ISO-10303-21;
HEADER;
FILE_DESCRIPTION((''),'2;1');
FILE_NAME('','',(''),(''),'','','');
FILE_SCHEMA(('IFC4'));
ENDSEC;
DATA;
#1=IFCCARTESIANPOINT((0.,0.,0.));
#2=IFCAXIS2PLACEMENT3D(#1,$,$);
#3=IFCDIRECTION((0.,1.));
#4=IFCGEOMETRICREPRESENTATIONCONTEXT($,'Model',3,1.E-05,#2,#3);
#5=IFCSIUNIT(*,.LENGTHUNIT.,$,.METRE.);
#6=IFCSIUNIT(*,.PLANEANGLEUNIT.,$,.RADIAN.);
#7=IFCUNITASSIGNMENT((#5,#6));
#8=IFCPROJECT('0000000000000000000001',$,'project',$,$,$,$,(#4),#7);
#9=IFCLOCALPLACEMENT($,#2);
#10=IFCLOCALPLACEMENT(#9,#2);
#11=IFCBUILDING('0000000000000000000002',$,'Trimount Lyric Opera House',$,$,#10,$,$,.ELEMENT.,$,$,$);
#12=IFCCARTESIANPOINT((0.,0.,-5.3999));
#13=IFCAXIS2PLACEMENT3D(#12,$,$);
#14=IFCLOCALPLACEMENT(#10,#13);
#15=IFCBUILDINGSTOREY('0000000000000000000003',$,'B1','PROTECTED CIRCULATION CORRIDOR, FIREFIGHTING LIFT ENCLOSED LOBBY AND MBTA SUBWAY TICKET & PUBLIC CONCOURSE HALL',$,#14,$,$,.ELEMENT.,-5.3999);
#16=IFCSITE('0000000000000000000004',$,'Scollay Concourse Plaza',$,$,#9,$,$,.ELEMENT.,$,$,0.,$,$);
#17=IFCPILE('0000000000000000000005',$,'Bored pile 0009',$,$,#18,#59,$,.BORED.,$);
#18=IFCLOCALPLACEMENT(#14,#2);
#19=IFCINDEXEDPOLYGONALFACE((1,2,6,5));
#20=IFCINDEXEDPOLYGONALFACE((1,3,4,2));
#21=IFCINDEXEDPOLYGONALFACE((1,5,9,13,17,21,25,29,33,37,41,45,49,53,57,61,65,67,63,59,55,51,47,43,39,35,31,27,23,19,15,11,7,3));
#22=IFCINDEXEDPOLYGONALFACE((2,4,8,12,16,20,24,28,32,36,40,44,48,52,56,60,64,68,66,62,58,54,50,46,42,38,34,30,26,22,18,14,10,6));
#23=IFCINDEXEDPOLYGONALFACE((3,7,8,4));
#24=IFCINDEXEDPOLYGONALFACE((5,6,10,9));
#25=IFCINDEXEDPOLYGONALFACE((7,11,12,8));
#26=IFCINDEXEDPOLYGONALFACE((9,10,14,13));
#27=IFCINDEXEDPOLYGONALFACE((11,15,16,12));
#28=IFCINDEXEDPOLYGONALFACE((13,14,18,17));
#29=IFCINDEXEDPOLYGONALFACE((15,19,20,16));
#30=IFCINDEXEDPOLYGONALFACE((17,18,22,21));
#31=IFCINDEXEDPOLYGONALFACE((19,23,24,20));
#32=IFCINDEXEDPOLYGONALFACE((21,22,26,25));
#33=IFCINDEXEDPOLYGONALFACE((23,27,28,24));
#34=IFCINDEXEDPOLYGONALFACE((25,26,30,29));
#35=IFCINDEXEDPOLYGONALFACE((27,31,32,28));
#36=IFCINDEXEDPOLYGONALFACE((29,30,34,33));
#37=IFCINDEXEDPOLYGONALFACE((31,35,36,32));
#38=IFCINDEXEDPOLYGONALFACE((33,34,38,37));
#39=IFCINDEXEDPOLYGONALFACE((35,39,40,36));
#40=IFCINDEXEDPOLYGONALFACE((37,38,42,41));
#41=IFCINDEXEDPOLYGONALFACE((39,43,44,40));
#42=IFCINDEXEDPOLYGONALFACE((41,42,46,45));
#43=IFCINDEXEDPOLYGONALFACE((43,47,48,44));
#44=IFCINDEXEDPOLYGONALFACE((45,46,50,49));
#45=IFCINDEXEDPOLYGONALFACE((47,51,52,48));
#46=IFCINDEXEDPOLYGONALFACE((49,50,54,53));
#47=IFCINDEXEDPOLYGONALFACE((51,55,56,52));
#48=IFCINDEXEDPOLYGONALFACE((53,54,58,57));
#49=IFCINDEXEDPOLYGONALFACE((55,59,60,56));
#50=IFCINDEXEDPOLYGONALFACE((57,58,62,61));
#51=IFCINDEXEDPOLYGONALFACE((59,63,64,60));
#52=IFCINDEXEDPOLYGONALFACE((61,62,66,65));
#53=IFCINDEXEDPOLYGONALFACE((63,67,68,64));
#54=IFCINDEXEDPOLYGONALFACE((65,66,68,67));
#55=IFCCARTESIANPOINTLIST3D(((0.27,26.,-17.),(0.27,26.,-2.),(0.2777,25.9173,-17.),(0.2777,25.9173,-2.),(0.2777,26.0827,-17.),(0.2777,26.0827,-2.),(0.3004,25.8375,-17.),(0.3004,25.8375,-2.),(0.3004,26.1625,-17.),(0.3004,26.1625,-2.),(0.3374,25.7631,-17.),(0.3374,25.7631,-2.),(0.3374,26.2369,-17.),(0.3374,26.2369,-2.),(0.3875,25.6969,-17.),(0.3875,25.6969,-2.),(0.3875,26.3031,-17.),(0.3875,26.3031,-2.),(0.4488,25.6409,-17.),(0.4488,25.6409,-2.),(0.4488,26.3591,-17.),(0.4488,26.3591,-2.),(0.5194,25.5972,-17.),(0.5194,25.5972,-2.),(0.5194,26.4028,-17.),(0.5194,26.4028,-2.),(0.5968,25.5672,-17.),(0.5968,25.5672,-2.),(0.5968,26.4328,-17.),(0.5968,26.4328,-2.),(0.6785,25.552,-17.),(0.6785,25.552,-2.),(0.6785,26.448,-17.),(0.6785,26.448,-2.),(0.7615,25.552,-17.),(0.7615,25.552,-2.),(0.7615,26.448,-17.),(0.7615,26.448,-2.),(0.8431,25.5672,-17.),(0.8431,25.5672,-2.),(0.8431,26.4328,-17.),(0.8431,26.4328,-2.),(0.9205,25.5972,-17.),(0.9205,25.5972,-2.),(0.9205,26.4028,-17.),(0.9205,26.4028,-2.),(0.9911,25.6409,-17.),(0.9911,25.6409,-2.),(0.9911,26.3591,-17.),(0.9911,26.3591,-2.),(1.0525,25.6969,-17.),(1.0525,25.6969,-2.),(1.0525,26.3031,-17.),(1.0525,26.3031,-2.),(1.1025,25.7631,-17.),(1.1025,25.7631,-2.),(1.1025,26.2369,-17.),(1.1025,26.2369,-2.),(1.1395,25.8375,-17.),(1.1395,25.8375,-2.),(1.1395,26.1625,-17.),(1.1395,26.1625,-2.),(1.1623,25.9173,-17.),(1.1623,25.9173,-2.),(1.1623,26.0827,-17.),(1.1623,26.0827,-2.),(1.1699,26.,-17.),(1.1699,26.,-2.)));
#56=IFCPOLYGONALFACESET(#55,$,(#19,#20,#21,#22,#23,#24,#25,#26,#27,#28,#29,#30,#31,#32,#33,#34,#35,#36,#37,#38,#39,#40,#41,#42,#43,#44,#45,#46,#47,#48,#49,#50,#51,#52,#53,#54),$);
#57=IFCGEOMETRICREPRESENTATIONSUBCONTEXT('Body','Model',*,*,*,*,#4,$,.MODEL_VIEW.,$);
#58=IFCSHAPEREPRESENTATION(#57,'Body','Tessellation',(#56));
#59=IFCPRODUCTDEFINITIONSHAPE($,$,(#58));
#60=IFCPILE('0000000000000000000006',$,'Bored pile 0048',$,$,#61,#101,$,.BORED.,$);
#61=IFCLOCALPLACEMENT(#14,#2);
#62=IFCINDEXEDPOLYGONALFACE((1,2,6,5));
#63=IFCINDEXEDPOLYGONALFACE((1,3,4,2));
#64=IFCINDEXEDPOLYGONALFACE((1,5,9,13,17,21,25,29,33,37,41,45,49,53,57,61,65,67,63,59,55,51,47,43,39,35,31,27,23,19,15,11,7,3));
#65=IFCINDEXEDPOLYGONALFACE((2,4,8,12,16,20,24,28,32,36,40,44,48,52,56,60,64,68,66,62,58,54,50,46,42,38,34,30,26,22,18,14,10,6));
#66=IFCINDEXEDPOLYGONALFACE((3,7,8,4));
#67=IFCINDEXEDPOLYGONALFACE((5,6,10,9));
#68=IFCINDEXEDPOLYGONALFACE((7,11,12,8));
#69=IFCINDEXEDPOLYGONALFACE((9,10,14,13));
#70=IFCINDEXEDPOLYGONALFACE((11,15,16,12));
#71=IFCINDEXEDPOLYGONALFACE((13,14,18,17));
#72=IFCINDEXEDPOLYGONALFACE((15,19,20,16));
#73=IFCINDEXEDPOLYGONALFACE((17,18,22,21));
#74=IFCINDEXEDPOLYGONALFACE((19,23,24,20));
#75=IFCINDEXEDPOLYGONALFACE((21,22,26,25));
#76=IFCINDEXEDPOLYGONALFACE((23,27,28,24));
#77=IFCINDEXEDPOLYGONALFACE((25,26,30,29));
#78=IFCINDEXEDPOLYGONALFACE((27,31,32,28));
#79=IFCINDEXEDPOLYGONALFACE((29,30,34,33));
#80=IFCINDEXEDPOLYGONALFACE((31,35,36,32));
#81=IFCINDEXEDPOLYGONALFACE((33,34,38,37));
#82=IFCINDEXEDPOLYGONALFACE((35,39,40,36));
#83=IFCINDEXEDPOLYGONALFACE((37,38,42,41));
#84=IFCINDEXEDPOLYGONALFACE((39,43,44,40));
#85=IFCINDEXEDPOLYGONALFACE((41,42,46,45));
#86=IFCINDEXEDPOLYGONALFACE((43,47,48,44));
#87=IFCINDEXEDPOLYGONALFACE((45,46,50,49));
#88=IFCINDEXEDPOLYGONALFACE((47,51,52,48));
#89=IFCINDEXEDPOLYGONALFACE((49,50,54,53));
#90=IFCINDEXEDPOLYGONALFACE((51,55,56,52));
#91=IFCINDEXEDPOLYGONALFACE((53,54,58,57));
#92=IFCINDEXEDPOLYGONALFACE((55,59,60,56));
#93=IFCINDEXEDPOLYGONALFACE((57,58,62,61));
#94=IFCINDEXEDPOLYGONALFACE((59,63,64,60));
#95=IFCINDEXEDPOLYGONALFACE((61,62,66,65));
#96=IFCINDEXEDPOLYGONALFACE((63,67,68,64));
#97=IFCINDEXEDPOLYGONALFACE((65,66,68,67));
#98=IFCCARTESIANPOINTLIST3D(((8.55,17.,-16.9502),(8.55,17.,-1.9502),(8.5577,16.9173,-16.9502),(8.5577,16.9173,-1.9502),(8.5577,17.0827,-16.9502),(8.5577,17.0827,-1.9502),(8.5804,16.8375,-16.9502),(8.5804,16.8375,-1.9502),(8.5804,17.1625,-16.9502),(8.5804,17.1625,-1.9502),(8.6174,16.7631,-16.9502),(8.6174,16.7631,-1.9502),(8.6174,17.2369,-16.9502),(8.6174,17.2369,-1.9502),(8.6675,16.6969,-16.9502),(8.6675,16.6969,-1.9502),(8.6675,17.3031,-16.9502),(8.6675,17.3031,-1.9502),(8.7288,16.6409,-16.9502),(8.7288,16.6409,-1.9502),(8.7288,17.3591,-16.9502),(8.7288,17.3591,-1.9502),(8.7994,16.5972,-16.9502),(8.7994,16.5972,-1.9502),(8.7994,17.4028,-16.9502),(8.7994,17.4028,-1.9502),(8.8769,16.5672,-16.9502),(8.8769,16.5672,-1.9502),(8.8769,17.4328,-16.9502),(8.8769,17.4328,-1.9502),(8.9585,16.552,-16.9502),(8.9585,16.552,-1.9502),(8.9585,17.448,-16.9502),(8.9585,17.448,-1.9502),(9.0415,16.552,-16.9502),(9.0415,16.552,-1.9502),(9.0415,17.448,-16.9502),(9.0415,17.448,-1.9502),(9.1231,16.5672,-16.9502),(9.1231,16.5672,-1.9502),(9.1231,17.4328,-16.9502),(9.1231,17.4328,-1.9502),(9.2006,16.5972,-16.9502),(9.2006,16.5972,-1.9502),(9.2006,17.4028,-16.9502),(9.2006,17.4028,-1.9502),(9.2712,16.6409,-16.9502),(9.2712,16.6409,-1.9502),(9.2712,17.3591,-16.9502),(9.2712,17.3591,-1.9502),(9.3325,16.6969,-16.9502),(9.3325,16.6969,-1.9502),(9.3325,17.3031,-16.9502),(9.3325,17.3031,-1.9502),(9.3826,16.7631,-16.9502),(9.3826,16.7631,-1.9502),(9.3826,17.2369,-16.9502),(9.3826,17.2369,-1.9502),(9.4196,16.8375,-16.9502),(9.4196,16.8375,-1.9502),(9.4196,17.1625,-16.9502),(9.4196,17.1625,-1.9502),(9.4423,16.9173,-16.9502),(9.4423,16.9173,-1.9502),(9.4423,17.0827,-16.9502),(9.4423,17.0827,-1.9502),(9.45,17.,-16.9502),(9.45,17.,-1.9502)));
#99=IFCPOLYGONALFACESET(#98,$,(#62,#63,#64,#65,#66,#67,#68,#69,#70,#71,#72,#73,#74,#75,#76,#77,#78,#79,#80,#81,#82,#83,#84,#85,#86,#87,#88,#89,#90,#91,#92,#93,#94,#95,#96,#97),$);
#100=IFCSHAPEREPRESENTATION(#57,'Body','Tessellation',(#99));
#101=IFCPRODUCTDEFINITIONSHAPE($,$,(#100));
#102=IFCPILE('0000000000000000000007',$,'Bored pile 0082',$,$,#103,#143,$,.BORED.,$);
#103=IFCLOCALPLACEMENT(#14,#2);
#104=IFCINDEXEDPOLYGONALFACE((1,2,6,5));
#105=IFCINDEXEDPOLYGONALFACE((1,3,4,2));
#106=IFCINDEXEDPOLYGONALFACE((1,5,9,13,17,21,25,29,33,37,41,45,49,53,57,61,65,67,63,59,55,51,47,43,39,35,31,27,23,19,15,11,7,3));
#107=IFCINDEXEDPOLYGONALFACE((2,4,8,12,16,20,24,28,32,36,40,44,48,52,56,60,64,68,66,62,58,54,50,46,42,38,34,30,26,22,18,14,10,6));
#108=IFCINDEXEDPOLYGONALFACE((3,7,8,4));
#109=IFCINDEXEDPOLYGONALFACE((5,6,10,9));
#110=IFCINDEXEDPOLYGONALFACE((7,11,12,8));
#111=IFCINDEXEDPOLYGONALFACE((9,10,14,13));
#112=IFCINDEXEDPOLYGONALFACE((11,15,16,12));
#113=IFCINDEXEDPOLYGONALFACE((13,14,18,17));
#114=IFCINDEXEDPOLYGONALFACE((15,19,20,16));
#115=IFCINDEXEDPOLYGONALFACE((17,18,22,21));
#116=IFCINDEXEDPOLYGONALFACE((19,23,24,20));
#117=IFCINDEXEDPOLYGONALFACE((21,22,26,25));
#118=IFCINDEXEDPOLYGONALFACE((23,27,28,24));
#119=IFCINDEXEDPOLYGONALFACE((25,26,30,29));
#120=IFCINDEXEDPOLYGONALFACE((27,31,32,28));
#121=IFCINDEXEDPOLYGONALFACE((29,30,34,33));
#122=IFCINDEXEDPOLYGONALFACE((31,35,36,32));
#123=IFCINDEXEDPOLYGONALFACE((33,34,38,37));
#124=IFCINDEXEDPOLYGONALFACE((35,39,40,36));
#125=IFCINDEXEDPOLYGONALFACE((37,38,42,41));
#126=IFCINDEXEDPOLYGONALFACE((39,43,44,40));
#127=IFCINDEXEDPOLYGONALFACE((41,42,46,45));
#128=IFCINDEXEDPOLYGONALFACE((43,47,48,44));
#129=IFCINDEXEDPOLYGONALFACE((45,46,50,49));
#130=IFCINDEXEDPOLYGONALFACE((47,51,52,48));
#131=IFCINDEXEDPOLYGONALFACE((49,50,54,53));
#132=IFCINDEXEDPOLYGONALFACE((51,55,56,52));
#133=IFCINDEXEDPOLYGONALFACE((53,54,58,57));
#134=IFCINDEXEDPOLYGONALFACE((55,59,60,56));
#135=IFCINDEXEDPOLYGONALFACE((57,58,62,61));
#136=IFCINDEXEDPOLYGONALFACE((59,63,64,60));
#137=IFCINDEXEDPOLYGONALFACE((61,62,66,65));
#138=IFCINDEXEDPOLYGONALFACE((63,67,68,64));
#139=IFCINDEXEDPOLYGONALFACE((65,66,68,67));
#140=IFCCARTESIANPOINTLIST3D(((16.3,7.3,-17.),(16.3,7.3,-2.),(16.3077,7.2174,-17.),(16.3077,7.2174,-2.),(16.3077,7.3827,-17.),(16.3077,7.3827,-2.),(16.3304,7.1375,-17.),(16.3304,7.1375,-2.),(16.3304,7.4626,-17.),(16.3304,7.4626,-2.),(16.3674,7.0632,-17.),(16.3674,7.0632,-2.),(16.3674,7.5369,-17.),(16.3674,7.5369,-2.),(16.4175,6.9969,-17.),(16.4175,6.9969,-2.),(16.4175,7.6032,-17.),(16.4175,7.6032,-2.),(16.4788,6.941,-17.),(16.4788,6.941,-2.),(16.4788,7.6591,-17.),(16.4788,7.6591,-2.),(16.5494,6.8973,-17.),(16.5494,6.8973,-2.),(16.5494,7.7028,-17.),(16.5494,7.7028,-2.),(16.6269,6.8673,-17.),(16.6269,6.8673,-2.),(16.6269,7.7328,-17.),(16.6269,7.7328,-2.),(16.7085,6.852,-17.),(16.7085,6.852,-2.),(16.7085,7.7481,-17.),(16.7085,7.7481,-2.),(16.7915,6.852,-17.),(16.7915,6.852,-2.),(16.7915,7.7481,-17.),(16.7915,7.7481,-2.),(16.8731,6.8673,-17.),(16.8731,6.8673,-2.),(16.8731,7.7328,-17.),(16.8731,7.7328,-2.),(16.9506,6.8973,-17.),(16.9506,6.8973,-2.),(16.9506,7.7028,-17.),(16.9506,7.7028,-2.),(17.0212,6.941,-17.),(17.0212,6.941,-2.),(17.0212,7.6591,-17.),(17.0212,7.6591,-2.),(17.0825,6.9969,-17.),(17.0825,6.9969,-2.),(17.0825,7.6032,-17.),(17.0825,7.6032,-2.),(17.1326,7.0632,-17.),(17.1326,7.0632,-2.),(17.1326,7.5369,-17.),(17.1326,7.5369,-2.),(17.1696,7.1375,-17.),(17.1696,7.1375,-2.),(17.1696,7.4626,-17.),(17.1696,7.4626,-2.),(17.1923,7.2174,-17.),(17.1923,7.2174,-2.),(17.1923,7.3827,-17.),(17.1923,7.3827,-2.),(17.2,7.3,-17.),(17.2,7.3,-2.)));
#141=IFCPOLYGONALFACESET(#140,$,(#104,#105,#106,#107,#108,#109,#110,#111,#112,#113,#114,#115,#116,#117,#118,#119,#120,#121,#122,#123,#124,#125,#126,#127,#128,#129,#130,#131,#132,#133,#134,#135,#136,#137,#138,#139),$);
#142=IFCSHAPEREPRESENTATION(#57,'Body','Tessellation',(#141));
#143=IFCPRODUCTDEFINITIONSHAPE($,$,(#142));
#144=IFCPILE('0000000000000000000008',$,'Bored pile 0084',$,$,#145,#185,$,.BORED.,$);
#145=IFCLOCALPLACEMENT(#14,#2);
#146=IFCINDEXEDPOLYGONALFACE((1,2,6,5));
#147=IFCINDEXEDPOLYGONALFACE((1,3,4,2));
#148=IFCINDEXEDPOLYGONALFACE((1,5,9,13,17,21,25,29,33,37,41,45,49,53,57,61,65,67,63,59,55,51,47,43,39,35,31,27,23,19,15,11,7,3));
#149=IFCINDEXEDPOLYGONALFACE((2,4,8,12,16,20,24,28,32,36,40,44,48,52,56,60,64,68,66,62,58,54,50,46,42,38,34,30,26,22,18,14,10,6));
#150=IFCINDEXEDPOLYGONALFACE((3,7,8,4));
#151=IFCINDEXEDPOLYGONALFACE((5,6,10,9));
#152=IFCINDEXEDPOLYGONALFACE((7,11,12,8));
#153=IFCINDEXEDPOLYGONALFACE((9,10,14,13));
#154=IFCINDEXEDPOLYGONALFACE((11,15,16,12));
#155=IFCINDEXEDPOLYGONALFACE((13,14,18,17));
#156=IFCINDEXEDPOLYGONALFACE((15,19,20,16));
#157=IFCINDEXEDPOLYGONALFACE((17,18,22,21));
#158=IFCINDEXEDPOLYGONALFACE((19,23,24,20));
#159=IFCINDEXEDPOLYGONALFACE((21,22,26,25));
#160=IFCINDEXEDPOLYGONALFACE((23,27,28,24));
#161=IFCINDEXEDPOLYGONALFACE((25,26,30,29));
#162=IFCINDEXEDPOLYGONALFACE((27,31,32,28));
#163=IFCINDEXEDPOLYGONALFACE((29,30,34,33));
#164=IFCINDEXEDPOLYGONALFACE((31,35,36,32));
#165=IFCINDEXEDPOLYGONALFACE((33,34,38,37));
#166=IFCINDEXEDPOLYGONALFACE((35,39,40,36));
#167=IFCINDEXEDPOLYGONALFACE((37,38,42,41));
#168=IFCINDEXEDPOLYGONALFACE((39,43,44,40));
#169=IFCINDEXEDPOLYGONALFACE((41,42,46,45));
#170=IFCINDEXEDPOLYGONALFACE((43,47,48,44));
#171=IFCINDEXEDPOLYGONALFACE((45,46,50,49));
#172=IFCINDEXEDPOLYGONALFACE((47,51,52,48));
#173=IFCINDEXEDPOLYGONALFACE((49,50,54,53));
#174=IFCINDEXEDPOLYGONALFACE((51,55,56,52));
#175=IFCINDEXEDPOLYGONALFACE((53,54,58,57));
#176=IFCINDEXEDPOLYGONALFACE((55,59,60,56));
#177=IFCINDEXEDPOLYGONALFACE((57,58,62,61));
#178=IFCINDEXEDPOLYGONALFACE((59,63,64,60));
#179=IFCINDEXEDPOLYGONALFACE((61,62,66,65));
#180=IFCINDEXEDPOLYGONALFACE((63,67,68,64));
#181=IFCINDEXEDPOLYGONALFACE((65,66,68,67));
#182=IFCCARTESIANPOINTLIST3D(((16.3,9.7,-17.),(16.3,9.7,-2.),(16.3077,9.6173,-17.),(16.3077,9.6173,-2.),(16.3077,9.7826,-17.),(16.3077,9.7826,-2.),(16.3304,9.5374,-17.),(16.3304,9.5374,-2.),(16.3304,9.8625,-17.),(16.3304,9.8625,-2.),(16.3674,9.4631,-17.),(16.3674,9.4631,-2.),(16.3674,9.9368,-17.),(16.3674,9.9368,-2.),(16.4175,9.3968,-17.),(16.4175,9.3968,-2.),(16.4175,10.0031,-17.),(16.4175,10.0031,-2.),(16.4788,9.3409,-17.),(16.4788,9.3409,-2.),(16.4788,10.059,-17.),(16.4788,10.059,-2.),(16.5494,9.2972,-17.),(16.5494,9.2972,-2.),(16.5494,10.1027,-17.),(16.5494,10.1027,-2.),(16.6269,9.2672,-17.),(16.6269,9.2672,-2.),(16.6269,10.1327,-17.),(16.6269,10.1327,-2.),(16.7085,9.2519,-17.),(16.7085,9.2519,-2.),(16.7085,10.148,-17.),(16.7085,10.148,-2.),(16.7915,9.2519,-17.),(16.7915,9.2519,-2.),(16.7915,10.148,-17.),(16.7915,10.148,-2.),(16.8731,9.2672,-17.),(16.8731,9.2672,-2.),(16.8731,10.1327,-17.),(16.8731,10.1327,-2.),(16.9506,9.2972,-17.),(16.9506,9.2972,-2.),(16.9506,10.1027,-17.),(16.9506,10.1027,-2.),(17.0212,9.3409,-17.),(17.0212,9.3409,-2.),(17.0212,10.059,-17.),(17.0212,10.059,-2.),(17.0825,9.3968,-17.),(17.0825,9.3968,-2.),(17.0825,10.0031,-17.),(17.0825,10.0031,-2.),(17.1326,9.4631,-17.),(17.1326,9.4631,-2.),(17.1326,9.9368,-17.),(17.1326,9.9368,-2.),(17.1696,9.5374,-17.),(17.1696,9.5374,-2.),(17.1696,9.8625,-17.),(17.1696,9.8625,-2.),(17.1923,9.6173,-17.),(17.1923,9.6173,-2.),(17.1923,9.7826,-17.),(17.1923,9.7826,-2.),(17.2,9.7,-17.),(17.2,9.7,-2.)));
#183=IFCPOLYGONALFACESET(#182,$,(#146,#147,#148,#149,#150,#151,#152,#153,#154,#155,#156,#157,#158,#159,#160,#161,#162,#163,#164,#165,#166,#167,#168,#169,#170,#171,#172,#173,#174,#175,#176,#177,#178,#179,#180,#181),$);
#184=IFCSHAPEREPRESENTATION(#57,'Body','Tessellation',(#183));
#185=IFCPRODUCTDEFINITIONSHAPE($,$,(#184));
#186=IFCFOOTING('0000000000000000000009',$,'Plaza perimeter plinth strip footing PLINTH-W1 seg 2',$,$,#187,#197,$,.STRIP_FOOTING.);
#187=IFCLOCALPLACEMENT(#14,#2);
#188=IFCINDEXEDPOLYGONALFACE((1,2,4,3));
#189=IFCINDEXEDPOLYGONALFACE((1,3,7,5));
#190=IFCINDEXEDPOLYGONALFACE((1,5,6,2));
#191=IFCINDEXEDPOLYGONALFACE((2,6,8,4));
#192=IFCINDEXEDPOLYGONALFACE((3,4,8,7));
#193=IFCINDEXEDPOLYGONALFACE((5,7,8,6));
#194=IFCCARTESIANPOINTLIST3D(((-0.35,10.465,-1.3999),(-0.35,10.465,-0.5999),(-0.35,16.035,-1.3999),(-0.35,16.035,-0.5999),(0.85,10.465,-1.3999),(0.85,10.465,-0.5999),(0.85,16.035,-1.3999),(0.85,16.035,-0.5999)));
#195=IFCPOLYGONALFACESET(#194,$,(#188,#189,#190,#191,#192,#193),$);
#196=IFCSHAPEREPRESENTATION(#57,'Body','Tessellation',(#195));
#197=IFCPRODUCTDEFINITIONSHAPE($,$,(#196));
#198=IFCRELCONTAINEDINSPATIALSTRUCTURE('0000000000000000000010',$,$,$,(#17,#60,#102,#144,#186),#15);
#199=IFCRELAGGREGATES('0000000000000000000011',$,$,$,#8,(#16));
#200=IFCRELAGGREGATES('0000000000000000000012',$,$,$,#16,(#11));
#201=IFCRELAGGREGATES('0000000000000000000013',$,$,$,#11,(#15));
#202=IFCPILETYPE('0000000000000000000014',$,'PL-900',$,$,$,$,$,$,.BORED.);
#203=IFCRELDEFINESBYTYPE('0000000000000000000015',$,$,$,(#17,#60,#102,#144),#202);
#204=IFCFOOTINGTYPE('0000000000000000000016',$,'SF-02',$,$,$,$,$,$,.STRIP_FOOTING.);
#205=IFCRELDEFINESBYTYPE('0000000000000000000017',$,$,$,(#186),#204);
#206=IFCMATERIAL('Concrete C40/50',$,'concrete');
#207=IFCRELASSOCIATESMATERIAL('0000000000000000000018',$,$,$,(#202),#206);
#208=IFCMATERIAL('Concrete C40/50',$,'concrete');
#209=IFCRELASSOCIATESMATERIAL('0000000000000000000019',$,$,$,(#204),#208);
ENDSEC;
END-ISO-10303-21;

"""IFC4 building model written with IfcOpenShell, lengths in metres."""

from ifc_helpers import new_model, si_unit, direction, frame, origin, origin_2d, place, context, subcontext, project, spatial, rectangle, circle, extrude, material, material_profile, profile_set, type_object, element, save


model = new_model("IFC4")

# Units and contexts
model_context = context("Model", 3, precision=1e-05, world=origin(), true_north=direction((0.0, 1.0)))
body_context = subcontext(model_context, "Body", "Model", "MODEL_VIEW")
ifc_project = project(units=[si_unit("LENGTHUNIT", "METRE"), si_unit("PLANEANGLEUNIT", "RADIAN")], contexts=[model_context])

# Site, building, storey
site_placement = place(None, origin())
site = spatial("IfcSite", under=ifc_project, at=site_placement, Name="Scollay Concourse Plaza", CompositionType="ELEMENT", RefElevation=0.0)
building_placement = place(site_placement, origin())
building = spatial("IfcBuilding", under=site, at=building_placement, Name="Trimount Lyric Opera House", CompositionType="ELEMENT")
storey_placement = place(building_placement, frame((0.0, 0.0, -5.3999)))
storey = spatial("IfcBuildingStorey", under=building, at=storey_placement, Name="B1", Description="PROTECTED CIRCULATION CORRIDOR, FIREFIGHTING LIFT ENCLOSED LOBBY AND MBTA SUBWAY TICKET & PUBLIC CONCOURSE HALL", CompositionType="ELEMENT", Elevation=-5.3999)

# Piles
ifc_material_1 = material(Name="Concrete C40/50", Category="concrete")
ifc_material_profile_1 = material_profile(ifc_material_1, circle(Radius=0.45, at=origin_2d()), Name="PILE-D900")
ifc_profile_set_1 = profile_set([ifc_material_profile_1], Name="Concrete C40/50")
pile_type_1 = type_object("IfcPileType", Name="PL-900", PredefinedType="BORED", material=ifc_profile_set_1)
for number, where, z_axis, x_axis, name in (
    (1, (0.72, 26.0, -2.0), (0.0, 0.0, -1.0), (1.0, 0.0, 0.0), "Bored pile 0009"),
    (2, (9.0, 17.0, -1.9502), (0.0, 0.0, -1.0), (1.0, 0.0, 0.0), "Bored pile 0048"),
    (3, (16.75, 7.3, -2.0), (0.0, 0.0, -1.0), (1.0, 0.0, 0.0), "Bored pile 0082"),
    (4, (16.75, 9.7, -2.0), (0.0, 0.0, -1.0), (1.0, 0.0, 0.0), "Bored pile 0084"),
):
    element("IfcPile", number, at=place(storey_placement, frame(where, z_axis=z_axis, x_axis=x_axis)), inside=storey, type_object=pile_type_1, Name=name, PredefinedType="BORED", context=body_context, shape_type="SweptSolid", body=[
        extrude(circle(Radius=0.45, at=origin_2d()), origin(), (0.0, 0.0, 1.0), 15.0),
    ])

# Footing
ifc_material_2 = material(Name="Concrete C40/50", Category="concrete")
footing_type_1 = type_object("IfcFootingType", Name="SF-02", PredefinedType="STRIP_FOOTING", material=ifc_material_2)
footing_1_placement = place(storey_placement, frame((0.25, 13.25, -1.3999), z_axis=(0.0, 0.0, 1.0), x_axis=(1.0, 0.0, 0.0)))
element("IfcFooting", 5, at=footing_1_placement, inside=storey, type_object=footing_type_1, Name="Plaza perimeter plinth strip footing PLINTH-W1 seg 2", PredefinedType="STRIP_FOOTING", context=body_context, shape_type="SweptSolid", body=[
    extrude(rectangle(XDim=1.2, YDim=5.5701, at=origin_2d()), origin(), (0.0, 0.0, 1.0), 0.8),
])

save(model, "model.ifc")
